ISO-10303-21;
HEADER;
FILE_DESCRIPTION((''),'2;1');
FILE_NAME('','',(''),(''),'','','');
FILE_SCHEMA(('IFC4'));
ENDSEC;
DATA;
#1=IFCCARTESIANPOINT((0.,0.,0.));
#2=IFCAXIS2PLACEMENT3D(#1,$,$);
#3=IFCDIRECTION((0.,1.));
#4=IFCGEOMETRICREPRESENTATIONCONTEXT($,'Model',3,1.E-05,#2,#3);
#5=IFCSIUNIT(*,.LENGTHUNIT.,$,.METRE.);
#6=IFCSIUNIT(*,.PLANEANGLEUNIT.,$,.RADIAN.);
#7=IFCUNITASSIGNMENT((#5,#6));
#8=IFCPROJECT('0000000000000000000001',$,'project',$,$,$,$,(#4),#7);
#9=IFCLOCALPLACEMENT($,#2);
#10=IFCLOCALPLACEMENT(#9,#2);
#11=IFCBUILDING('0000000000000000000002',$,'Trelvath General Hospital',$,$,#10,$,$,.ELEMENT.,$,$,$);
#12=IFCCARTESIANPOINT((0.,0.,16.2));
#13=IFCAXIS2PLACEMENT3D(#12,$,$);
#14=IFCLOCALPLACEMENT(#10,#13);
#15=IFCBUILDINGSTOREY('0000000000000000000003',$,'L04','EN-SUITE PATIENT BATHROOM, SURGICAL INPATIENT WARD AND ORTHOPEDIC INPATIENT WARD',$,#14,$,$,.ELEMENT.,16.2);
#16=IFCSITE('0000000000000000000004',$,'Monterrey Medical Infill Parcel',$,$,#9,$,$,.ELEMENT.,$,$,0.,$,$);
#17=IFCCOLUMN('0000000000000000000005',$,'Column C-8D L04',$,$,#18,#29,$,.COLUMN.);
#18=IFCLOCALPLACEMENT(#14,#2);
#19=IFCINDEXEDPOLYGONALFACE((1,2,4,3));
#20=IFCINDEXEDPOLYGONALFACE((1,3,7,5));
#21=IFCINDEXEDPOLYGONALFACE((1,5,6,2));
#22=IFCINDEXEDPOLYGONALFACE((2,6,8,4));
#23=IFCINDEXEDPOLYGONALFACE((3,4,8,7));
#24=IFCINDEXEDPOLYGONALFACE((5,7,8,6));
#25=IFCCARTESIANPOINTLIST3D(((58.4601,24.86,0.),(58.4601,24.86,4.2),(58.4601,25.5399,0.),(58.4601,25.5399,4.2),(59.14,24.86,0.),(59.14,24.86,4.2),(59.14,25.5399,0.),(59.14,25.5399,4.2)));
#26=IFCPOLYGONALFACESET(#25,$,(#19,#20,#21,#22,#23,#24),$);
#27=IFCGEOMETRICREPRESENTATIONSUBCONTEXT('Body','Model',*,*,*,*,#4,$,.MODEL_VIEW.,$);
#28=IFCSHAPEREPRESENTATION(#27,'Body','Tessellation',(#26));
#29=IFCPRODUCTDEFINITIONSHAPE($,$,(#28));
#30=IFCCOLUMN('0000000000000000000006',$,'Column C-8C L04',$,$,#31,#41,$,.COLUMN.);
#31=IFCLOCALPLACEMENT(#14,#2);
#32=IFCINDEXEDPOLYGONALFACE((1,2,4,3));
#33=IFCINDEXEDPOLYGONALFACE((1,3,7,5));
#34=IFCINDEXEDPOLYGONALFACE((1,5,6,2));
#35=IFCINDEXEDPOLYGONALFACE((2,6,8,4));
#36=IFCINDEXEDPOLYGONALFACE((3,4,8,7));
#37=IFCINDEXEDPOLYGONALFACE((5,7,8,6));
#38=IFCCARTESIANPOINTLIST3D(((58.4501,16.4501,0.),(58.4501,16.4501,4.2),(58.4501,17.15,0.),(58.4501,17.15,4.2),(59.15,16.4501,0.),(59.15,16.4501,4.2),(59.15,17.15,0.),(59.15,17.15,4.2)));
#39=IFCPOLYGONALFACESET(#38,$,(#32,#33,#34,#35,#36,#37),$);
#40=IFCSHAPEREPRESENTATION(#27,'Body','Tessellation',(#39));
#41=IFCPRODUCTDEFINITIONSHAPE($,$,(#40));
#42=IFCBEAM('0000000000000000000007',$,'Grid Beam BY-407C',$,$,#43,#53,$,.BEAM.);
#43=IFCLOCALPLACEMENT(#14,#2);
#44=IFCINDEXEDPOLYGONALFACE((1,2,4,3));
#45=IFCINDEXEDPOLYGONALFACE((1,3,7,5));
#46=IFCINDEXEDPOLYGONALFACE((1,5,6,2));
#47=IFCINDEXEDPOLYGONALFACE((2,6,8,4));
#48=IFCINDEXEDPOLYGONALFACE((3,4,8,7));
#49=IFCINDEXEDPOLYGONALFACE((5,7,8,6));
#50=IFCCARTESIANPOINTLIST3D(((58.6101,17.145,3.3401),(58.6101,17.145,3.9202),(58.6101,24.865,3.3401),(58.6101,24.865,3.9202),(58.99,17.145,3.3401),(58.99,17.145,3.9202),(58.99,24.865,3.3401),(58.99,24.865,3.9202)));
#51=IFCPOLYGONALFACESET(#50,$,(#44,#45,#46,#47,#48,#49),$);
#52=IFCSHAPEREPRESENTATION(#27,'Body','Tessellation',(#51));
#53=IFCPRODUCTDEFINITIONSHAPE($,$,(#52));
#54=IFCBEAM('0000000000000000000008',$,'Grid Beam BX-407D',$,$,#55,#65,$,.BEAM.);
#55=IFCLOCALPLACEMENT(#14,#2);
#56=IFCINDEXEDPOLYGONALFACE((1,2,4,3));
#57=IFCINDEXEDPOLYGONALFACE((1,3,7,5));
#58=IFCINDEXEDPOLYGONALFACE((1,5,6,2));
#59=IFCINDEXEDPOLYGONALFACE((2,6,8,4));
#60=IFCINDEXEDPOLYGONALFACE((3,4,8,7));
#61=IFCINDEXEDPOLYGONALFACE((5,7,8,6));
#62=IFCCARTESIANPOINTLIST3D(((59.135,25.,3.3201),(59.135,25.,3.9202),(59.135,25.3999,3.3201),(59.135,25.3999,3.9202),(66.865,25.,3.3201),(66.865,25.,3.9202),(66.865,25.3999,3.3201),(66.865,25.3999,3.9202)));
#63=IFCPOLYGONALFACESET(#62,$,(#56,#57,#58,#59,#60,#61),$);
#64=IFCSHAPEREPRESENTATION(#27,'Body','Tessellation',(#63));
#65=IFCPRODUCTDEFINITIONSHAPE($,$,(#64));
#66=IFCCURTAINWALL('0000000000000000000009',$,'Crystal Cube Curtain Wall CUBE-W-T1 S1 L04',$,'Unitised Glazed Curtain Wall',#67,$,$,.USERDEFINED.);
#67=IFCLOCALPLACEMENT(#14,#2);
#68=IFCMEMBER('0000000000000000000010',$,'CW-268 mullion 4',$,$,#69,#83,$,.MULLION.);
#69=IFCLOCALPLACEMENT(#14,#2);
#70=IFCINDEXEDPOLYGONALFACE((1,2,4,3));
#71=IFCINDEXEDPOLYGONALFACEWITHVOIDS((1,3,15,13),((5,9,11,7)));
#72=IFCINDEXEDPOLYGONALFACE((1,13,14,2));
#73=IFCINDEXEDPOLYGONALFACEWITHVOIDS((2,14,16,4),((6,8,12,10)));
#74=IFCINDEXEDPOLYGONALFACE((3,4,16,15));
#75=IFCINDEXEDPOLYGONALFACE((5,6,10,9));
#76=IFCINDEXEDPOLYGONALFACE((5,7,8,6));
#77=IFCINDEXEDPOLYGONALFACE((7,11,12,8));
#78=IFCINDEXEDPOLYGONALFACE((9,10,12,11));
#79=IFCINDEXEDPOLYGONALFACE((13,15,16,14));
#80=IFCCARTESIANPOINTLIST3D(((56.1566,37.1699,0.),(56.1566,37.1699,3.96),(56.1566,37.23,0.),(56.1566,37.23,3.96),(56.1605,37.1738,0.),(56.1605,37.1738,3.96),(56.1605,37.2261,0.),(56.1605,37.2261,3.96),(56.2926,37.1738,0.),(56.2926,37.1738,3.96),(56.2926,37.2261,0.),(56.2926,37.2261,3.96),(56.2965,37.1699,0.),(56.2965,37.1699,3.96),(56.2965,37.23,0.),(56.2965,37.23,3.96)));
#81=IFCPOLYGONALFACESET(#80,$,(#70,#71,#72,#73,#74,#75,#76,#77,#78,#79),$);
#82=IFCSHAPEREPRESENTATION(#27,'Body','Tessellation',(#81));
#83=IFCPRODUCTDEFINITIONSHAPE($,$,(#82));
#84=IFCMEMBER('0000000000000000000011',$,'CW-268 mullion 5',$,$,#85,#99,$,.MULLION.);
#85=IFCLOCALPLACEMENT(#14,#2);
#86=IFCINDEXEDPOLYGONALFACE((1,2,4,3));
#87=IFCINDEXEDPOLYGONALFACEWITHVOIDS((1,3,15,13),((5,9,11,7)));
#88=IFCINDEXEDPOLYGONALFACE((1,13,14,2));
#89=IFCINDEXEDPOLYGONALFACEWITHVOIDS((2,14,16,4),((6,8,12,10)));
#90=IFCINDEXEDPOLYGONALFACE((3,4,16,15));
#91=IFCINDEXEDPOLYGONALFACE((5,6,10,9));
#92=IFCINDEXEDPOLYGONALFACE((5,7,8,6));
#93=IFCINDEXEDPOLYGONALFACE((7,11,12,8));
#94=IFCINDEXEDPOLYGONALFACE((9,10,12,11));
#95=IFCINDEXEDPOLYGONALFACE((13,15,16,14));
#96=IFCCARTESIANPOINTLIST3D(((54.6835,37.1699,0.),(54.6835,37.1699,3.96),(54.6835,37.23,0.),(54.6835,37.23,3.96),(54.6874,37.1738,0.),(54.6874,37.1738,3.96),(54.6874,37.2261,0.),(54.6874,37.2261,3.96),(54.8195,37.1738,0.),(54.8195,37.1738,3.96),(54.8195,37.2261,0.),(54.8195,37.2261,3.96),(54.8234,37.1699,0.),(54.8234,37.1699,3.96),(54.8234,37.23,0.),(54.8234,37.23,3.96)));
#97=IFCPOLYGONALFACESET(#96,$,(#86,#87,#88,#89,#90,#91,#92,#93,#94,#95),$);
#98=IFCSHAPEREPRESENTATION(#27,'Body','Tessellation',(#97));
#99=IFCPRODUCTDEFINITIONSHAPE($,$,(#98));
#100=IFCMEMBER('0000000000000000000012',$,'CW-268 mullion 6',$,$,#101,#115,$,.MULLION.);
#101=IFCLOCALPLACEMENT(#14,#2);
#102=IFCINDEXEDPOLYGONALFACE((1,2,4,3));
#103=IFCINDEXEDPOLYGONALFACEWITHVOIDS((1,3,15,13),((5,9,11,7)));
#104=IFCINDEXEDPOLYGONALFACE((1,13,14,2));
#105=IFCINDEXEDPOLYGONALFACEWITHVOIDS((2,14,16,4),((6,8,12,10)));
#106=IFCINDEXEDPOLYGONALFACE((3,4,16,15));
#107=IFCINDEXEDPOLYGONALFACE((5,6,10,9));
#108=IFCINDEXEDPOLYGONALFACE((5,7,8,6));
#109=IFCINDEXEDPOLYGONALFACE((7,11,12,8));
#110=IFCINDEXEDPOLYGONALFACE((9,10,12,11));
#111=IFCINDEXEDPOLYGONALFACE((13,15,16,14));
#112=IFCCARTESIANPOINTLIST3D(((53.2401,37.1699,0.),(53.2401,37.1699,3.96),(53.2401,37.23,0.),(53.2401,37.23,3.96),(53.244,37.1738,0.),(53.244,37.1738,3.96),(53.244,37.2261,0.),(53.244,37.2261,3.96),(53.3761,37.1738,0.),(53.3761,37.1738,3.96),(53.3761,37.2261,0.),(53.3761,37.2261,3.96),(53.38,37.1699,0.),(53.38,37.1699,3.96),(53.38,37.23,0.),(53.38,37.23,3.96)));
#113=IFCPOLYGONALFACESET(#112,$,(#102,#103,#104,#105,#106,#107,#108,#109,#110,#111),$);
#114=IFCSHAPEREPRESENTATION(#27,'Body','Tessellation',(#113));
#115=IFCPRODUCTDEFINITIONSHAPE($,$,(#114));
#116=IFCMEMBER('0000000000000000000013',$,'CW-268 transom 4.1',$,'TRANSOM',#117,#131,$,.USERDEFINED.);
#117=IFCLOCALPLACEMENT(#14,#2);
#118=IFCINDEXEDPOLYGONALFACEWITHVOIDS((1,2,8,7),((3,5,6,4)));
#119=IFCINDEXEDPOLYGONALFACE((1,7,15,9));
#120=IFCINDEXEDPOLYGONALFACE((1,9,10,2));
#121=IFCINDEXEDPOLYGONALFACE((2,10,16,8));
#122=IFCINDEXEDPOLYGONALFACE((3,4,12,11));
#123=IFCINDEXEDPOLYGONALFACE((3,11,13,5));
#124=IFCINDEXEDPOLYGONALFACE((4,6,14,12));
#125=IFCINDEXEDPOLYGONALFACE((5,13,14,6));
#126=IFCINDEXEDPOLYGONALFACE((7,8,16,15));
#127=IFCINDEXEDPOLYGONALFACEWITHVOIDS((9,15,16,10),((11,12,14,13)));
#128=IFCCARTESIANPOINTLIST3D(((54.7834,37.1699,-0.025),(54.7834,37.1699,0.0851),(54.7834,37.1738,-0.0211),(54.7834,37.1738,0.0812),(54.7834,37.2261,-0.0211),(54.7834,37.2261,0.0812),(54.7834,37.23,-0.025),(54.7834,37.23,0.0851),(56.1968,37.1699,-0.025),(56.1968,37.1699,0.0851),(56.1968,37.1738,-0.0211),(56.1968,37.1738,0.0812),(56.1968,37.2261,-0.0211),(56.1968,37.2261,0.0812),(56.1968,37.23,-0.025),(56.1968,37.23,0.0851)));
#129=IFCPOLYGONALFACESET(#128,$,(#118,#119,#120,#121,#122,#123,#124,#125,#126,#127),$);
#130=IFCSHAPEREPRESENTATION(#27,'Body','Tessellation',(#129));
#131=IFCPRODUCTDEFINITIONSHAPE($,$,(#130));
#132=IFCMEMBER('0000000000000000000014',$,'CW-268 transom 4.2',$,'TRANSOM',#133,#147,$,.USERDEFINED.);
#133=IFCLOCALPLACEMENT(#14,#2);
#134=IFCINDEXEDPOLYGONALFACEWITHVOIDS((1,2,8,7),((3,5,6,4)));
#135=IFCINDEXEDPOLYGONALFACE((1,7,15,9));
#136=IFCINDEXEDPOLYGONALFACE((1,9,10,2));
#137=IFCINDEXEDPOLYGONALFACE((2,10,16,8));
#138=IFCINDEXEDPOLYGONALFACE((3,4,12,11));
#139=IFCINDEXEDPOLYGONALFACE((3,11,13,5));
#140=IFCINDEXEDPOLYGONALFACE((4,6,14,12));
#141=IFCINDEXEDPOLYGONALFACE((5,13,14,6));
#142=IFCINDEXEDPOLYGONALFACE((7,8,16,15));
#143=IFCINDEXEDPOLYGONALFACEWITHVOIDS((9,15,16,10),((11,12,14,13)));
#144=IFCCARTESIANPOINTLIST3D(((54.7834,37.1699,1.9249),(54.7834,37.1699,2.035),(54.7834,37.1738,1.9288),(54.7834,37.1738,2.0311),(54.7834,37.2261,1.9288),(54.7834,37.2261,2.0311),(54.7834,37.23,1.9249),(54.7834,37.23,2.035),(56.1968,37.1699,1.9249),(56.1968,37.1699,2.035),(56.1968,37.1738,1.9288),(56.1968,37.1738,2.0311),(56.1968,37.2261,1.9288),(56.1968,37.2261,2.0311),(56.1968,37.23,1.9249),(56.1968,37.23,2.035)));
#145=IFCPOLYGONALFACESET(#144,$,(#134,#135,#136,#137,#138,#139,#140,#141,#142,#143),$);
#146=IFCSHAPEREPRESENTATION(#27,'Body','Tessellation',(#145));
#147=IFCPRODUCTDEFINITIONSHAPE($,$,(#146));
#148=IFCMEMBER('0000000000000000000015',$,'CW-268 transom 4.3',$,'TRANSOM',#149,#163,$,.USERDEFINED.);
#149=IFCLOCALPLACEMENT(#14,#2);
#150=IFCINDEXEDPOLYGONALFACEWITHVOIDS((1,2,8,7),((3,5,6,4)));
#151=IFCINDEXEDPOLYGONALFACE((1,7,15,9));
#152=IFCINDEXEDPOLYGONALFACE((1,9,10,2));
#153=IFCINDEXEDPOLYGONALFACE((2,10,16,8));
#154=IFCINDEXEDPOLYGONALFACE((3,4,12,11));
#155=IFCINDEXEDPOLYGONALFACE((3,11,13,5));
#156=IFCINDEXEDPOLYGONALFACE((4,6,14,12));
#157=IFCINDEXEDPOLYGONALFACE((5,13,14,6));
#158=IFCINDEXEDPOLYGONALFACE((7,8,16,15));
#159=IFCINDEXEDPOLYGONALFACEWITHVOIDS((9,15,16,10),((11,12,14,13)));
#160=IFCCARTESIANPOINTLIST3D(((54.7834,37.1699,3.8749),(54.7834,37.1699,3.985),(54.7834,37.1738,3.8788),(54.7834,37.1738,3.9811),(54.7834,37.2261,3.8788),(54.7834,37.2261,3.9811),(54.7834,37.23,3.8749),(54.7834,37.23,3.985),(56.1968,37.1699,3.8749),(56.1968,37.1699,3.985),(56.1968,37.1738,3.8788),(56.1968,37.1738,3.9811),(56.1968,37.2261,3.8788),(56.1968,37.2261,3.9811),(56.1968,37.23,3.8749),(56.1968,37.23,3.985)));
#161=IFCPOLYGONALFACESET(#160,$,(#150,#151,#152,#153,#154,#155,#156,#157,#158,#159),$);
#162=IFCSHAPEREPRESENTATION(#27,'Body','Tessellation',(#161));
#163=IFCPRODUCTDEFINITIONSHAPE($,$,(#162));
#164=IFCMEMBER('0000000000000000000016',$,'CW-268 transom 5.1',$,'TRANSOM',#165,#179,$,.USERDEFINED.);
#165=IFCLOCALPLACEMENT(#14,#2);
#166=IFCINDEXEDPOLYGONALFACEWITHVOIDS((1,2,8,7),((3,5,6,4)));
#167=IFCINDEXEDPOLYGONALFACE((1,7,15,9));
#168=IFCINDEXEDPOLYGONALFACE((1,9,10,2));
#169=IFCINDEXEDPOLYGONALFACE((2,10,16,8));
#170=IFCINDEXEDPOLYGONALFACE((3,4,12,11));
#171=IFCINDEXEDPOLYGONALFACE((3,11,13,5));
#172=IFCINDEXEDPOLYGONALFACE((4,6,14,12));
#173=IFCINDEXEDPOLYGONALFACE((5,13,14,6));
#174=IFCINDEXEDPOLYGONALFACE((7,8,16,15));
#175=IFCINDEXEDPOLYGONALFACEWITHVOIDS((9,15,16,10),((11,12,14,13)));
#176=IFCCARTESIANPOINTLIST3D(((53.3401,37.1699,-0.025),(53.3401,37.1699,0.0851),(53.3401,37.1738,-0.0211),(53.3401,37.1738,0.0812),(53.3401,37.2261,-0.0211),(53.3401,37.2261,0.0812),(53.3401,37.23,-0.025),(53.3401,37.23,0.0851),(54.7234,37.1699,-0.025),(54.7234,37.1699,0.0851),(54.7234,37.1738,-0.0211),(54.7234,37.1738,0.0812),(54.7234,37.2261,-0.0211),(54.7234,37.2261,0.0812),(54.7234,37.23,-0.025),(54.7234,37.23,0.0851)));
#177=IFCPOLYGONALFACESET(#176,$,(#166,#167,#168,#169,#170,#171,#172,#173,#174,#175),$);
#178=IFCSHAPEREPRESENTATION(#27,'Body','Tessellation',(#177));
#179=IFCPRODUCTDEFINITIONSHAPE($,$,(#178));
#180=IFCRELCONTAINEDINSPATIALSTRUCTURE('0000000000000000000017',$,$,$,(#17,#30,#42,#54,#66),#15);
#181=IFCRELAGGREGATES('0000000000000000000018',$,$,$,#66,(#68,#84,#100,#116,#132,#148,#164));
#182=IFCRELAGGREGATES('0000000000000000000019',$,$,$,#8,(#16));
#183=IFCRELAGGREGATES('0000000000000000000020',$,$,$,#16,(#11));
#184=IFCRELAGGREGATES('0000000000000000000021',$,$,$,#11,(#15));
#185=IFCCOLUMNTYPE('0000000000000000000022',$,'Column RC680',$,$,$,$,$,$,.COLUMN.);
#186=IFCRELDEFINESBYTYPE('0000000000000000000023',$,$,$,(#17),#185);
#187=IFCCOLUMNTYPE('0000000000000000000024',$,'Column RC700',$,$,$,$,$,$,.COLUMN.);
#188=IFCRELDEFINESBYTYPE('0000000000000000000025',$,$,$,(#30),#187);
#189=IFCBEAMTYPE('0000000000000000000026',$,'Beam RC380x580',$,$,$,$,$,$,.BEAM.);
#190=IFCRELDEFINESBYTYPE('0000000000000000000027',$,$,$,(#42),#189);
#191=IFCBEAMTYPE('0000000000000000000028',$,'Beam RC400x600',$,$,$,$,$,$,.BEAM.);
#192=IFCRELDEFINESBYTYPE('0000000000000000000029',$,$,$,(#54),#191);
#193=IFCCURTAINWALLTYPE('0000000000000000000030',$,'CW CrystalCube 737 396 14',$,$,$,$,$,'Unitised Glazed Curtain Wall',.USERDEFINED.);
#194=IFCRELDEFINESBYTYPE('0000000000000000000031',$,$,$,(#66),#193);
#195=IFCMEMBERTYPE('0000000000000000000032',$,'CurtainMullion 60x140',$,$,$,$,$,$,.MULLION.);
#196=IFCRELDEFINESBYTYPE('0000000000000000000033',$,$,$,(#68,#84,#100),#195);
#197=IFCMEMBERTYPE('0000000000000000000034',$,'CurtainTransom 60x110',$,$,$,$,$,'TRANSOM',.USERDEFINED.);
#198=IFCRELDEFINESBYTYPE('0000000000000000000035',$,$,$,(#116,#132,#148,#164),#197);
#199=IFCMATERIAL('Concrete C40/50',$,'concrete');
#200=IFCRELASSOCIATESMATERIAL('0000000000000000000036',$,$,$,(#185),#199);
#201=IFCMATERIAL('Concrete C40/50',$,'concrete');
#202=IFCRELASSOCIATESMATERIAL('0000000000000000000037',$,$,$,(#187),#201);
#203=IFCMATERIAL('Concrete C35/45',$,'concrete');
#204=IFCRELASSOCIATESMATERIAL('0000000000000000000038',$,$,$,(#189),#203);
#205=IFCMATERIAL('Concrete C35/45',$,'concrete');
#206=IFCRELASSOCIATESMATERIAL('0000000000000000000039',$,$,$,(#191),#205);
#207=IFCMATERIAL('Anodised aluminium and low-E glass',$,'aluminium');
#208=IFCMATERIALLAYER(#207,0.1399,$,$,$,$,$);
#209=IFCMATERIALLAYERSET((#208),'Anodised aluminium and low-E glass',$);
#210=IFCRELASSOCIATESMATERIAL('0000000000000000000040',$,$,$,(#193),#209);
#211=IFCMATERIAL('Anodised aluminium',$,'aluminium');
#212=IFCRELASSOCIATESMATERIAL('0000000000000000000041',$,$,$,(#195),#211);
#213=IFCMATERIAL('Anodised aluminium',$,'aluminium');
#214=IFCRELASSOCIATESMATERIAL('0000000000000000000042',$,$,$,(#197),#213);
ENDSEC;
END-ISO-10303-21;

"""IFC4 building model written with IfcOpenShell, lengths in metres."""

from ifc_helpers import new_model, si_unit, direction, frame, origin, origin_2d, place, context, subcontext, project, spatial, rectangle, hollow_rectangle, extrude, material, layer, layer_set, material_profile, profile_set, type_object, element, aggregate, save


model = new_model("IFC4")

# Units and contexts
model_context = context("Model", 3, precision=1e-05, world=origin(), true_north=direction((0.0, 1.0)))
body_context = subcontext(model_context, "Body", "Model", "MODEL_VIEW")
ifc_project = project(units=[si_unit("LENGTHUNIT", "METRE"), si_unit("PLANEANGLEUNIT", "RADIAN")], contexts=[model_context])

# Site, building, storey
site_placement = place(None, origin())
site = spatial("IfcSite", under=ifc_project, at=site_placement, Name="Monterrey Medical Infill Parcel", CompositionType="ELEMENT", RefElevation=0.0)
building_placement = place(site_placement, origin())
building = spatial("IfcBuilding", under=site, at=building_placement, Name="Trelvath General Hospital", CompositionType="ELEMENT")
storey_placement = place(building_placement, frame((0.0, 0.0, 16.2)))
storey = spatial("IfcBuildingStorey", under=building, at=storey_placement, Name="L04", Description="EN-SUITE PATIENT BATHROOM, SURGICAL INPATIENT WARD AND ORTHOPEDIC INPATIENT WARD", CompositionType="ELEMENT", Elevation=16.2)

# Columns
ifc_material_1 = material(Name="Concrete C40/50", Category="concrete")
ifc_material_profile_1 = material_profile(ifc_material_1, rectangle(XDim=0.6799, YDim=0.6799, at=origin_2d()), Name="RC680x680")
ifc_profile_set_1 = profile_set([ifc_material_profile_1], Name="Concrete C40/50")
column_type_1 = type_object("IfcColumnType", Name="Column RC680", PredefinedType="COLUMN", material=ifc_profile_set_1)
column_1_placement = place(storey_placement, frame((58.8, 25.2, 0.0), z_axis=(0.0, 0.0, 1.0), x_axis=(1.0, 0.0, 0.0)))
element("IfcColumn", 1, at=column_1_placement, inside=storey, type_object=column_type_1, Name="Column C-8D L04", PredefinedType="COLUMN", context=body_context, shape_type="SweptSolid", body=[
    extrude(rectangle(XDim=0.6799, YDim=0.6799, at=origin_2d()), origin(), (0.0, 0.0, 1.0), 4.2),
])
ifc_material_2 = material(Name="Concrete C40/50", Category="concrete")
ifc_material_profile_2 = material_profile(ifc_material_2, rectangle(XDim=0.7, YDim=0.7, at=origin_2d()), Name="RC700x700")
ifc_profile_set_2 = profile_set([ifc_material_profile_2], Name="Concrete C40/50")
column_type_2 = type_object("IfcColumnType", Name="Column RC700", PredefinedType="COLUMN", material=ifc_profile_set_2)
column_2_placement = place(storey_placement, frame((58.8, 16.8, 0.0), z_axis=(0.0, 0.0, 1.0), x_axis=(1.0, 0.0, 0.0)))
element("IfcColumn", 2, at=column_2_placement, inside=storey, type_object=column_type_2, Name="Column C-8C L04", PredefinedType="COLUMN", context=body_context, shape_type="SweptSolid", body=[
    extrude(rectangle(XDim=0.7, YDim=0.7, at=origin_2d()), origin(), (0.0, 0.0, 1.0), 4.2),
])

# Beams
ifc_material_3 = material(Name="Concrete C35/45", Category="concrete")
ifc_material_profile_3 = material_profile(ifc_material_3, rectangle(XDim=0.3799, YDim=0.5801, at=origin_2d()), Name="RCB380x580")
ifc_profile_set_3 = profile_set([ifc_material_profile_3], Name="Concrete C35/45")
beam_type_1 = type_object("IfcBeamType", Name="Beam RC380x580", PredefinedType="BEAM", material=ifc_profile_set_3)
beam_1_placement = place(storey_placement, frame((58.8, 17.145, 3.6301), z_axis=(0.0, 1.0, 0.0), x_axis=(-1.0, 0.0, 0.0)))
element("IfcBeam", 3, at=beam_1_placement, inside=storey, type_object=beam_type_1, Name="Grid Beam BY-407C", PredefinedType="BEAM", context=body_context, shape_type="SweptSolid", body=[
    extrude(rectangle(XDim=0.3799, YDim=0.5801, at=origin_2d()), origin(), (0.0, 0.0, 1.0), 7.72),
])
ifc_material_4 = material(Name="Concrete C35/45", Category="concrete")
ifc_material_profile_4 = material_profile(ifc_material_4, rectangle(XDim=0.3999, YDim=0.6001, at=origin_2d()), Name="RCB400x600")
ifc_profile_set_4 = profile_set([ifc_material_profile_4], Name="Concrete C35/45")
beam_type_2 = type_object("IfcBeamType", Name="Beam RC400x600", PredefinedType="BEAM", material=ifc_profile_set_4)
beam_2_placement = place(storey_placement, frame((59.135, 25.2, 3.6201), z_axis=(1.0, 0.0, 0.0), x_axis=(0.0, 1.0, 0.0)))
element("IfcBeam", 4, at=beam_2_placement, inside=storey, type_object=beam_type_2, Name="Grid Beam BX-407D", PredefinedType="BEAM", context=body_context, shape_type="SweptSolid", body=[
    extrude(rectangle(XDim=0.3999, YDim=0.6001, at=origin_2d()), origin(), (0.0, 0.0, 1.0), 7.73),
])

# Curtain wall, members
ifc_material_5 = material(Name="Anodised aluminium and low-E glass", Category="aluminium")
ifc_layer_1 = layer(ifc_material_5, 0.1399)
ifc_layer_set_1 = layer_set([ifc_layer_1], Name="Anodised aluminium and low-E glass")
curtain_wall_type = type_object("IfcCurtainWallType", Name="CW CrystalCube 737 396 14", ElementType="Unitised Glazed Curtain Wall", PredefinedType="USERDEFINED", material=ifc_layer_set_1)
curtain_wall_placement = place(storey_placement, origin())
curtain_wall = element("IfcCurtainWall", 5, at=curtain_wall_placement, inside=storey, type_object=curtain_wall_type, Name="Crystal Cube Curtain Wall CUBE-W-T1 S1 L04", ObjectType="Unitised Glazed Curtain Wall", PredefinedType="USERDEFINED")
ifc_material_6 = material(Name="Anodised aluminium", Category="aluminium")
ifc_material_profile_5 = material_profile(ifc_material_6, hollow_rectangle(XDim=0.0601, YDim=0.1399, WallThickness=0.0039, at=origin_2d()), Name="RHS60x140x4")
ifc_profile_set_5 = profile_set([ifc_material_profile_5], Name="Anodised aluminium")
member_type_1 = type_object("IfcMemberType", Name="CurtainMullion 60x140", PredefinedType="MULLION", material=ifc_profile_set_5)
member_1_placement = place(storey_placement, frame((56.2266, 37.2, 0.0), z_axis=(0.0, 0.0, 1.0), x_axis=(0.0, -1.0, 0.0)))
member_1 = element("IfcMember", 6, at=member_1_placement, type_object=member_type_1, Name="CW-268 mullion 4", PredefinedType="MULLION", context=body_context, shape_type="SweptSolid", body=[
    extrude(hollow_rectangle(XDim=0.0601, YDim=0.1399, WallThickness=0.0039, at=origin_2d()), origin(), (0.0, 0.0, 1.0), 3.96),
])
member_2_placement = place(storey_placement, frame((54.7534, 37.2, 0.0), z_axis=(0.0, 0.0, 1.0), x_axis=(0.0, -1.0, 0.0)))
member_2 = element("IfcMember", 7, at=member_2_placement, type_object=member_type_1, Name="CW-268 mullion 5", PredefinedType="MULLION", context=body_context, shape_type="SweptSolid", body=[
    extrude(hollow_rectangle(XDim=0.0601, YDim=0.1399, WallThickness=0.0039, at=origin_2d()), origin(), (0.0, 0.0, 1.0), 3.96),
])
member_3_placement = place(storey_placement, frame((53.3101, 37.2, 0.0), z_axis=(0.0, 0.0, 1.0), x_axis=(0.0, -1.0, 0.0)))
member_3 = element("IfcMember", 8, at=member_3_placement, type_object=member_type_1, Name="CW-268 mullion 6", PredefinedType="MULLION", context=body_context, shape_type="SweptSolid", body=[
    extrude(hollow_rectangle(XDim=0.0601, YDim=0.1399, WallThickness=0.0039, at=origin_2d()), origin(), (0.0, 0.0, 1.0), 3.96),
])
ifc_material_7 = material(Name="Anodised aluminium", Category="aluminium")
ifc_material_profile_6 = material_profile(ifc_material_7, hollow_rectangle(XDim=0.0601, YDim=0.1101, WallThickness=0.0039, at=origin_2d()), Name="RHS60x110x4")
ifc_profile_set_6 = profile_set([ifc_material_profile_6], Name="Anodised aluminium")
member_type_2 = type_object("IfcMemberType", Name="CurtainTransom 60x110", ElementType="TRANSOM", PredefinedType="USERDEFINED", material=ifc_profile_set_6)
member_4_placement = place(storey_placement, frame((56.1968, 37.2, 0.03), z_axis=(-1.0, 0.0, 0.0), x_axis=(0.0, -1.0, 0.0)))
member_4 = element("IfcMember", 9, at=member_4_placement, type_object=member_type_2, Name="CW-268 transom 4.1", ObjectType="TRANSOM", PredefinedType="USERDEFINED", context=body_context, shape_type="SweptSolid", body=[
    extrude(hollow_rectangle(XDim=0.0601, YDim=0.1101, WallThickness=0.0039, at=origin_2d()), origin(), (0.0, 0.0, 1.0), 1.4133),
])
member_5_placement = place(storey_placement, frame((56.1968, 37.2, 1.98), z_axis=(-1.0, 0.0, 0.0), x_axis=(0.0, -1.0, 0.0)))
member_5 = element("IfcMember", 10, at=member_5_placement, type_object=member_type_2, Name="CW-268 transom 4.2", ObjectType="TRANSOM", PredefinedType="USERDEFINED", context=body_context, shape_type="SweptSolid", body=[
    extrude(hollow_rectangle(XDim=0.0601, YDim=0.1101, WallThickness=0.0039, at=origin_2d()), origin(), (0.0, 0.0, 1.0), 1.4133),
])
member_6_placement = place(storey_placement, frame((56.1968, 37.2, 3.9299), z_axis=(-1.0, 0.0, 0.0), x_axis=(0.0, -1.0, 0.0)))
member_6 = element("IfcMember", 11, at=member_6_placement, type_object=member_type_2, Name="CW-268 transom 4.3", ObjectType="TRANSOM", PredefinedType="USERDEFINED", context=body_context, shape_type="SweptSolid", body=[
    extrude(hollow_rectangle(XDim=0.0601, YDim=0.1101, WallThickness=0.0039, at=origin_2d()), origin(), (0.0, 0.0, 1.0), 1.4133),
])
member_7_placement = place(storey_placement, frame((54.7234, 37.2, 0.03), z_axis=(-1.0, 0.0, 0.0), x_axis=(0.0, -1.0, 0.0)))
member_7 = element("IfcMember", 12, at=member_7_placement, type_object=member_type_2, Name="CW-268 transom 5.1", ObjectType="TRANSOM", PredefinedType="USERDEFINED", context=body_context, shape_type="SweptSolid", body=[
    extrude(hollow_rectangle(XDim=0.0601, YDim=0.1101, WallThickness=0.0039, at=origin_2d()), origin(), (0.0, 0.0, 1.0), 1.3833),
])

aggregate(curtain_wall, [member_1, member_2, member_3, member_4, member_5, member_6, member_7])

save(model, "model.ifc")
